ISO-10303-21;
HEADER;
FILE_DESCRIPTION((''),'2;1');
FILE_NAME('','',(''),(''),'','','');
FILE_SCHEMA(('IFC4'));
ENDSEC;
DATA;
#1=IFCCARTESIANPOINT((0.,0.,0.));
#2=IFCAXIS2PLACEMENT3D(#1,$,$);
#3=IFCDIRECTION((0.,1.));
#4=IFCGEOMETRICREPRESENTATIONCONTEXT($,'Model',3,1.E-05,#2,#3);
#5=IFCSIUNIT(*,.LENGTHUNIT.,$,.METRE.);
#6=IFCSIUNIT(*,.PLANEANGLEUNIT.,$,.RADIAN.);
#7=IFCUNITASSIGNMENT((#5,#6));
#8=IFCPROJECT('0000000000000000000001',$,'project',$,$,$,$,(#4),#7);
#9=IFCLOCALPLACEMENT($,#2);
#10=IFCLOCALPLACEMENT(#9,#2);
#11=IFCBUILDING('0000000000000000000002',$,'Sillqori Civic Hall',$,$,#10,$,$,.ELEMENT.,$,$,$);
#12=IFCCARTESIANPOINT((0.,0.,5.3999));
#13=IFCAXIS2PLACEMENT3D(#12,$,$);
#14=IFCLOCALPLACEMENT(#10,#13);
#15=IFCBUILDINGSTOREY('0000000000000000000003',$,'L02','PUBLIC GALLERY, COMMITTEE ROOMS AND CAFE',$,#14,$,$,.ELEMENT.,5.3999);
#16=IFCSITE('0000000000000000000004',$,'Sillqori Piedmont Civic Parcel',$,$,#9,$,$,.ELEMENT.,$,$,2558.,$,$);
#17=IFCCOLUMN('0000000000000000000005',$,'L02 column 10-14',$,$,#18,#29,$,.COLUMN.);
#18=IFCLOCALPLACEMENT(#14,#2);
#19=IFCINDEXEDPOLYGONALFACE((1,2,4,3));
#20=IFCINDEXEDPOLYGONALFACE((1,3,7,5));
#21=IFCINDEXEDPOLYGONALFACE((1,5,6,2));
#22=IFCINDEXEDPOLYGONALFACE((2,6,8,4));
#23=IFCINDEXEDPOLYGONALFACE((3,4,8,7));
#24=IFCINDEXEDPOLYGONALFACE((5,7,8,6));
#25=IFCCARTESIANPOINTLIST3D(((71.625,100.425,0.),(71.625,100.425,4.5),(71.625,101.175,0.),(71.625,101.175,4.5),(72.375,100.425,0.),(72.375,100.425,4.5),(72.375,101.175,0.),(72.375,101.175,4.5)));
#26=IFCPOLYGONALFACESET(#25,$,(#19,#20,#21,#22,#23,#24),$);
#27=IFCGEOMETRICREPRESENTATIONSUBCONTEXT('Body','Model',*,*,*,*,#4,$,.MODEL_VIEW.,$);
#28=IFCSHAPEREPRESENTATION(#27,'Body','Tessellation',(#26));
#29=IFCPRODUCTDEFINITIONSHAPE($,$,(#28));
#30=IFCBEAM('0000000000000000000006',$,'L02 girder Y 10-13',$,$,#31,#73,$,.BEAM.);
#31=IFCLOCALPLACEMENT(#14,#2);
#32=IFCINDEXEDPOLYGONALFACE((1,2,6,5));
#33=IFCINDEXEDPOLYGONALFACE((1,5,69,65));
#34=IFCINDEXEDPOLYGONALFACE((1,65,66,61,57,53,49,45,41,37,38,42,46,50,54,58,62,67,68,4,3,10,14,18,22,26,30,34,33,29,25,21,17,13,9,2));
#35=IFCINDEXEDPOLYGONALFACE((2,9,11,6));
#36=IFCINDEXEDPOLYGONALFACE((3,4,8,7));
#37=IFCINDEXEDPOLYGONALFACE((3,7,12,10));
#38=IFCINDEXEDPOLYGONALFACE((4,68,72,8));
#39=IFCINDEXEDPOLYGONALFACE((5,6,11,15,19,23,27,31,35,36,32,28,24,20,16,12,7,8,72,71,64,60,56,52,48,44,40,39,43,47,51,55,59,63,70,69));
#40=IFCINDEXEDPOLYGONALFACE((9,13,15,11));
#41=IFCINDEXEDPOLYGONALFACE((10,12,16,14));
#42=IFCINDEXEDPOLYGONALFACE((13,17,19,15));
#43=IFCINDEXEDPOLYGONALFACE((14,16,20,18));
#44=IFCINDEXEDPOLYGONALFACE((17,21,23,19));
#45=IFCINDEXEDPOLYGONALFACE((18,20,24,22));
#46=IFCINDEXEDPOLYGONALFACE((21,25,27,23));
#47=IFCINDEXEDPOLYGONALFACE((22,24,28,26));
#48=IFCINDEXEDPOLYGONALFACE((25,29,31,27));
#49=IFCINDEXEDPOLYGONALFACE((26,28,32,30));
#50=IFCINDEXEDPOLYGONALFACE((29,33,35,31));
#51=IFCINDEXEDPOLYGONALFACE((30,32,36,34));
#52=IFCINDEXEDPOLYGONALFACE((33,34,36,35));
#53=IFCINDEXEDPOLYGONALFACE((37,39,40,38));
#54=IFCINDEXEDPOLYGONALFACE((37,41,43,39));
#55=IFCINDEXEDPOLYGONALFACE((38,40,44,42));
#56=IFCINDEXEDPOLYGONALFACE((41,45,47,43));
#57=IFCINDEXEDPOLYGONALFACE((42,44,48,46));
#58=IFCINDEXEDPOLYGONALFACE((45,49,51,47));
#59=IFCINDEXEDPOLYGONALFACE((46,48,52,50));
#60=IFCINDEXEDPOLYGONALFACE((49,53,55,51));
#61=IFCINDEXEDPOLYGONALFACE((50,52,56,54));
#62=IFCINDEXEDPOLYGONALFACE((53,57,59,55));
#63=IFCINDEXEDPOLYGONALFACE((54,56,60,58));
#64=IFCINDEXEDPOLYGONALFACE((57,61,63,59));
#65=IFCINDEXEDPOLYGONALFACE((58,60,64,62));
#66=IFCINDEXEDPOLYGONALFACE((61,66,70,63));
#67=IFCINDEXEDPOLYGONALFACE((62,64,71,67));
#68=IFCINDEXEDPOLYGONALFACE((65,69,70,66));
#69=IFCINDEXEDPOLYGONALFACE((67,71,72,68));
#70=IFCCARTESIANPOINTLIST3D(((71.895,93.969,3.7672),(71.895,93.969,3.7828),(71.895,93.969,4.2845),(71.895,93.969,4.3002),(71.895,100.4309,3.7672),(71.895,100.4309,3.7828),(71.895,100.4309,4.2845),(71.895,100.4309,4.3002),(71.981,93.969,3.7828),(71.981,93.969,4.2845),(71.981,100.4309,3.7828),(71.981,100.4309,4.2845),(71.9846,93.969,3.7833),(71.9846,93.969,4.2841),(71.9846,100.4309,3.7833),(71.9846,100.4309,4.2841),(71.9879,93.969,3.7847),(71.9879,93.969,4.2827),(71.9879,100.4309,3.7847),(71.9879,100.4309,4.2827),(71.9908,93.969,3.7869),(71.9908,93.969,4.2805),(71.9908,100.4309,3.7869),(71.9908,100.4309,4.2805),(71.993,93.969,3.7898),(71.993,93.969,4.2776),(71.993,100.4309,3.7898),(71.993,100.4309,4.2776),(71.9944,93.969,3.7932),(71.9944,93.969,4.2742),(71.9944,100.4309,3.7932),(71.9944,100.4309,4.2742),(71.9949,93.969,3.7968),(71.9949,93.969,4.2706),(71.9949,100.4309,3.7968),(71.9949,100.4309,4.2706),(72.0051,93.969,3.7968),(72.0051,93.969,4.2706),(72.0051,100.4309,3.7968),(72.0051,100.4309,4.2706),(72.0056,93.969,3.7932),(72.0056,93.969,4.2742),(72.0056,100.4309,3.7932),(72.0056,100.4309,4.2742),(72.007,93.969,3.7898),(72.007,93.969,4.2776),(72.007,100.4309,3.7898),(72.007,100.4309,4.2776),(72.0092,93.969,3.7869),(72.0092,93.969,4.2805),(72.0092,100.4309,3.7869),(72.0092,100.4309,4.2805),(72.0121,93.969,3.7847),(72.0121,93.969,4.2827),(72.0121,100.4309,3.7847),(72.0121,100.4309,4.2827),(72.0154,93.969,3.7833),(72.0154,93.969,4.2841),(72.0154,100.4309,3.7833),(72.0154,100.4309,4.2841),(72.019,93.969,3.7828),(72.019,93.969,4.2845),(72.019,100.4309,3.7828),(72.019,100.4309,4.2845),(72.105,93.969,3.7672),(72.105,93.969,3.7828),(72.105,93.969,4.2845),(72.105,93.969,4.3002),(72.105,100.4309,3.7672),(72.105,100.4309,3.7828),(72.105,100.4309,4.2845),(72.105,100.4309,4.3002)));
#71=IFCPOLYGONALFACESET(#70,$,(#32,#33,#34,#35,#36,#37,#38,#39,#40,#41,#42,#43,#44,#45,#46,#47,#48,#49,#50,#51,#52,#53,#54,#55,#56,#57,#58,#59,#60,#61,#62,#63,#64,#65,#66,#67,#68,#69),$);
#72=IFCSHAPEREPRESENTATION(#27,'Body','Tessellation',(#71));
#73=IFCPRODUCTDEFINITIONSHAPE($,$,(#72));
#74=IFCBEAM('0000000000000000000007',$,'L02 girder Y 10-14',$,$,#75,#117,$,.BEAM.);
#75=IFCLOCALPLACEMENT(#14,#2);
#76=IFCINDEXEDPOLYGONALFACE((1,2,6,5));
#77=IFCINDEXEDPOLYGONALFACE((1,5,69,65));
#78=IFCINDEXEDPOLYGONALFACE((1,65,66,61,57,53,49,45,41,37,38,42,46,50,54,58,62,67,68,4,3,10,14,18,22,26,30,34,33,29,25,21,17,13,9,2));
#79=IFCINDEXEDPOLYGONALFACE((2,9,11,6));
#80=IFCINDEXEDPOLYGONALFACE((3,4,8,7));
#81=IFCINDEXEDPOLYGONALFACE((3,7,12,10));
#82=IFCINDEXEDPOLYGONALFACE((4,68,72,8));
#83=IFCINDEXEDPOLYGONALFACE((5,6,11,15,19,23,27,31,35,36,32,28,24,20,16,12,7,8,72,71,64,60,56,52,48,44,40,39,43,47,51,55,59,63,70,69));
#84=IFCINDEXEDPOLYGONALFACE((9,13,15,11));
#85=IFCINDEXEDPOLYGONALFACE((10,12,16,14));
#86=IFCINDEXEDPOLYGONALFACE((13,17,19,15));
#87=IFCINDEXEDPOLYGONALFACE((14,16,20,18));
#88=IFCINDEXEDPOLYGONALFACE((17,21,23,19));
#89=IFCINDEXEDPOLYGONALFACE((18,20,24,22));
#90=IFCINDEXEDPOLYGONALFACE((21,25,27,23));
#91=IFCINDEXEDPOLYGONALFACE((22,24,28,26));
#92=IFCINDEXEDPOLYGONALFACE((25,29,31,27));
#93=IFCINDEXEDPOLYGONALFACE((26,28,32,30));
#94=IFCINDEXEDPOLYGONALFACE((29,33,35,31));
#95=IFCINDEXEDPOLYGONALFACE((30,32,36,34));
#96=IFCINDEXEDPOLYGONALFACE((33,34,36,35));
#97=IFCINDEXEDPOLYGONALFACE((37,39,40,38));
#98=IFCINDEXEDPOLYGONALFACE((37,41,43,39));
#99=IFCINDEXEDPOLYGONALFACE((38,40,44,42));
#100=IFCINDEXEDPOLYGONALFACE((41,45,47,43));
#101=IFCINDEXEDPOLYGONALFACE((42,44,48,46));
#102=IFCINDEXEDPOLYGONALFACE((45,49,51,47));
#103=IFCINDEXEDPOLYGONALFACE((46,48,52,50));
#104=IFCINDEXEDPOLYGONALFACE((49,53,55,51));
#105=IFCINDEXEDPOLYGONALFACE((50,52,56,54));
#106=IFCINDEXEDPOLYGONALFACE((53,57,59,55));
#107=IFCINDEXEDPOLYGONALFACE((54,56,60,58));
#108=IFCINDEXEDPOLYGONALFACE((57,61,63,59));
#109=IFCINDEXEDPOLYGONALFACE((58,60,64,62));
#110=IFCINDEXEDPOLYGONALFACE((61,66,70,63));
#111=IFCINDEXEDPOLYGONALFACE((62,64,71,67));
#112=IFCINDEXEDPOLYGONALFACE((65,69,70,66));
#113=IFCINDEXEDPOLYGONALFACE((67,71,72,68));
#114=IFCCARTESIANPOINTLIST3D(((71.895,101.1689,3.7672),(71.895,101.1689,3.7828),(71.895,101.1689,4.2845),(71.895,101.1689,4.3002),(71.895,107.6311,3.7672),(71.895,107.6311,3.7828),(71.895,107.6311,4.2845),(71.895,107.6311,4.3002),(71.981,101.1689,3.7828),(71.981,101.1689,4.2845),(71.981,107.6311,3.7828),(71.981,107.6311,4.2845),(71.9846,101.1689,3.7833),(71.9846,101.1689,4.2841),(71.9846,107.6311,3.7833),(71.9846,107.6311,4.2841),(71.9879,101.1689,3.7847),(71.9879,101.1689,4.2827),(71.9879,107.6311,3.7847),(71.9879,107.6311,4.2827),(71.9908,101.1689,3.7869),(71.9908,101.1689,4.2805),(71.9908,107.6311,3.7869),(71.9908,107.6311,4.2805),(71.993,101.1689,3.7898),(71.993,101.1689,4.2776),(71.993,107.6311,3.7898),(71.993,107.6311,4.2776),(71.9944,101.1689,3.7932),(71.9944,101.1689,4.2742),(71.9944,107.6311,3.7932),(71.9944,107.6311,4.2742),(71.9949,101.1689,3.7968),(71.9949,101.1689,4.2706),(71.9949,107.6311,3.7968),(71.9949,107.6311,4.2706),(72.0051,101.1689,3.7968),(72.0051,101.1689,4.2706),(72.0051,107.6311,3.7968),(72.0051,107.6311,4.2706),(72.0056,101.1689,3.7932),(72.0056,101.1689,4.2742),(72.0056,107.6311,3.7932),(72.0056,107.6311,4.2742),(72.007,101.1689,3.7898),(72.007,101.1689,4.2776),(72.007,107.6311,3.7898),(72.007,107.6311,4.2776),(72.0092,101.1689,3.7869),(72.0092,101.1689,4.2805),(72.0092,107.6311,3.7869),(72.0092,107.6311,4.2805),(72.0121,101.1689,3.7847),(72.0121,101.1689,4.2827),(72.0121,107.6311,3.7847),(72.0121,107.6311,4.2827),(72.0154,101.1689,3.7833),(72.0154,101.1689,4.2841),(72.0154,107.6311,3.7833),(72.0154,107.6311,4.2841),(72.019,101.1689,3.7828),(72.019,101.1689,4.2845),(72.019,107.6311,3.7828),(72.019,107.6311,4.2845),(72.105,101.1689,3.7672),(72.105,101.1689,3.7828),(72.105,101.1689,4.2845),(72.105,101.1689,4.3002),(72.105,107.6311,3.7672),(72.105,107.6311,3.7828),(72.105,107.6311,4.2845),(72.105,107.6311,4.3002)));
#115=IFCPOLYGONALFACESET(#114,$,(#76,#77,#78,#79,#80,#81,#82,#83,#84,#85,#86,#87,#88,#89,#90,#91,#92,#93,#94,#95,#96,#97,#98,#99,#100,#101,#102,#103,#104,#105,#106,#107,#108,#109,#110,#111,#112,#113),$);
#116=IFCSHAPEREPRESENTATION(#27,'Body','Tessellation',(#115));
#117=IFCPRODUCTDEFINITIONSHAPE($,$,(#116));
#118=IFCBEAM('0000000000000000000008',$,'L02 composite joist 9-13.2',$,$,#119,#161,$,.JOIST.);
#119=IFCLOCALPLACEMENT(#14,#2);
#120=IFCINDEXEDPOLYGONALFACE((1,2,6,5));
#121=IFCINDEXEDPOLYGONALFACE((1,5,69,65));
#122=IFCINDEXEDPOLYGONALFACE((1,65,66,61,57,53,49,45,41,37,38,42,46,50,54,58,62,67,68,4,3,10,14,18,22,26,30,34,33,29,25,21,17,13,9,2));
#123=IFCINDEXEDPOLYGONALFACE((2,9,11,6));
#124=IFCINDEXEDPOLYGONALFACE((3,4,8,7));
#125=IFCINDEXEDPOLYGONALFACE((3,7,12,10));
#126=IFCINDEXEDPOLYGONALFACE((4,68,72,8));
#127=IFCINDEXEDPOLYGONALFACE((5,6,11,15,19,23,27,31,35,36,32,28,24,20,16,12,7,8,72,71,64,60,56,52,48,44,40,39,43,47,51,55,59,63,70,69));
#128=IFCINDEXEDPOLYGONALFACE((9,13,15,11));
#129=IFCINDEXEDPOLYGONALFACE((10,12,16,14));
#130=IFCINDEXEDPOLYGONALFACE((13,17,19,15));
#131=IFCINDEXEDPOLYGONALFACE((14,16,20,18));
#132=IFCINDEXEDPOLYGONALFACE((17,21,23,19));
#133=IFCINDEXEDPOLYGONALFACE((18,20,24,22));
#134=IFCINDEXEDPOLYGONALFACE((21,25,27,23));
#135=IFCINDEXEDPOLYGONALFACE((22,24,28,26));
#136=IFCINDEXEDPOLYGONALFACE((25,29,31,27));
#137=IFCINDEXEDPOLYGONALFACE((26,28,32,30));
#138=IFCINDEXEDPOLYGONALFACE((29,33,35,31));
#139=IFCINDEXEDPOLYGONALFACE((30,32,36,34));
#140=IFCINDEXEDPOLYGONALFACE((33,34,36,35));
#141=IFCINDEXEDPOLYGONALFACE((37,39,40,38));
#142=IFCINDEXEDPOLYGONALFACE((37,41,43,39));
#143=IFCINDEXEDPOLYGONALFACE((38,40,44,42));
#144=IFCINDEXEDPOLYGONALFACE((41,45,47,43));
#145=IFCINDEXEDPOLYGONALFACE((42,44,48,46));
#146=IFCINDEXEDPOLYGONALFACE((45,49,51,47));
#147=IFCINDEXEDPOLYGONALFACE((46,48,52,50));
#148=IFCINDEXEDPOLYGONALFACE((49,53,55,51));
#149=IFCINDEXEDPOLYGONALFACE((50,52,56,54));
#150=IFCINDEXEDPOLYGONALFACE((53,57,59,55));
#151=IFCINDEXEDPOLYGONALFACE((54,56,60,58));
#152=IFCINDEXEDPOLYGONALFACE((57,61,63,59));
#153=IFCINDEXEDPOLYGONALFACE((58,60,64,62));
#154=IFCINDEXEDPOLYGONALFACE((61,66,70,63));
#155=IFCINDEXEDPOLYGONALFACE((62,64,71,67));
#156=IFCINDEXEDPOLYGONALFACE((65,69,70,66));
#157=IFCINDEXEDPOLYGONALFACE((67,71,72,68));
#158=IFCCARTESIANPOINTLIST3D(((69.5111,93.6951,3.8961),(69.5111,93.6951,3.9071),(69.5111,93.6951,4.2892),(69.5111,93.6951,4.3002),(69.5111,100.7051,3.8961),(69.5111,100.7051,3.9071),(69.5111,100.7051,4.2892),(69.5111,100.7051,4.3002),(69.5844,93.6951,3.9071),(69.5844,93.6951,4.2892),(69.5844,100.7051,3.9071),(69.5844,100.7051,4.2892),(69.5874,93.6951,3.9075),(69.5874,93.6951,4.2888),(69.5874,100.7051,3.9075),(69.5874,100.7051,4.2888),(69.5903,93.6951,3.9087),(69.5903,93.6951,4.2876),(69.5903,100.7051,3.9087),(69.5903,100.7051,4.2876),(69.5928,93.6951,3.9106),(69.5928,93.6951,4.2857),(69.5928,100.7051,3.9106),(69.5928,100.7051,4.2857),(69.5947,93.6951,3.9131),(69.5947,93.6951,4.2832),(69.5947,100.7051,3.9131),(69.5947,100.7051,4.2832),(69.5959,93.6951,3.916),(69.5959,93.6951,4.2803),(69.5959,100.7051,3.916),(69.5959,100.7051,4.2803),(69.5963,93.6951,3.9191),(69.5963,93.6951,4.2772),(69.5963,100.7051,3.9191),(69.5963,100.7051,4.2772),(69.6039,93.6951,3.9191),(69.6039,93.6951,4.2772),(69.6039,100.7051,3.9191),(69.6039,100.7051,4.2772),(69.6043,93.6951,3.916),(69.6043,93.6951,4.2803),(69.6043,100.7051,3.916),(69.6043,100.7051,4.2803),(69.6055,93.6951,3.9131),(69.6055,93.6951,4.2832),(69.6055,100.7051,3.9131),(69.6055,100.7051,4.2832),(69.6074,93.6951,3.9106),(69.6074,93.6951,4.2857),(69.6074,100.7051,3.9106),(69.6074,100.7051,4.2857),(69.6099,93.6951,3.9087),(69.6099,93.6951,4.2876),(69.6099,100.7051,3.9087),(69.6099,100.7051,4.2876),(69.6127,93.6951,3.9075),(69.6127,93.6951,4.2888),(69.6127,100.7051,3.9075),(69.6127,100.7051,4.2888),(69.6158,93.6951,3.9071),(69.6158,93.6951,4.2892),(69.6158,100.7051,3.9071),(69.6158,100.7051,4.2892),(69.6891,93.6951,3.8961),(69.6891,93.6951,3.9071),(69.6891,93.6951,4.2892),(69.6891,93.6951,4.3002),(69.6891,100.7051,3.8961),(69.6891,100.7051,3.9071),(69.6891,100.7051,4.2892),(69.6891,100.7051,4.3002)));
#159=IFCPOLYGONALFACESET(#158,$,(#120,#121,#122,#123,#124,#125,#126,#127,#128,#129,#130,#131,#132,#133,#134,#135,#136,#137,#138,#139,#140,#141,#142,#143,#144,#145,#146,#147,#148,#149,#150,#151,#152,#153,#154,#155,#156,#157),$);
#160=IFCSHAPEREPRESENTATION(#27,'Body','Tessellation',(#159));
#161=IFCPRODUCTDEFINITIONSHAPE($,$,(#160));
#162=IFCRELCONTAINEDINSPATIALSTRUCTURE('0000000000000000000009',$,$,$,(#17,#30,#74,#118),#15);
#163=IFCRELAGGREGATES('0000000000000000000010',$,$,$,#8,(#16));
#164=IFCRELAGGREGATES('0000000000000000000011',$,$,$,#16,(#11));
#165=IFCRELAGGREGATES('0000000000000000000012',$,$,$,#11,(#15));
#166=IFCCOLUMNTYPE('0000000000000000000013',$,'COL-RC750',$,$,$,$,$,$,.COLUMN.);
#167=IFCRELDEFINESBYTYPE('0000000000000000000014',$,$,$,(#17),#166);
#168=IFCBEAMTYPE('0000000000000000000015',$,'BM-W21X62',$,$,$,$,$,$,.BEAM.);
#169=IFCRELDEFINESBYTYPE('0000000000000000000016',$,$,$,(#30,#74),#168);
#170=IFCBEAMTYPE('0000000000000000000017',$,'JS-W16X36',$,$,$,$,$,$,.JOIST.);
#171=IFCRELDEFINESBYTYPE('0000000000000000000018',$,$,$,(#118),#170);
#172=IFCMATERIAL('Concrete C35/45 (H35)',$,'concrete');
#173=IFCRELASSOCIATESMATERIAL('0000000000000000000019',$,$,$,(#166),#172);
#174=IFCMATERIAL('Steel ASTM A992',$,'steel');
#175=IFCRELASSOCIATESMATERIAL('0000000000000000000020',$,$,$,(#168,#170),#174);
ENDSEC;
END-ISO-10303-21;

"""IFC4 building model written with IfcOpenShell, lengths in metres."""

from ifc_helpers import new_model, si_unit, direction, frame, origin, origin_2d, place, context, subcontext, project, spatial, rectangle, i_section, extrude, material, material_profile, profile_set, type_object, element, save


model = new_model("IFC4")

# Units and contexts
model_context = context("Model", 3, precision=1e-05, world=origin(), true_north=direction((0.0, 1.0)))
body_context = subcontext(model_context, "Body", "Model", "MODEL_VIEW")
ifc_project = project(units=[si_unit("LENGTHUNIT", "METRE"), si_unit("PLANEANGLEUNIT", "RADIAN")], contexts=[model_context])

# Site, building, storey
site_placement = place(None, origin())
site = spatial("IfcSite", under=ifc_project, at=site_placement, Name="Sillqori Piedmont Civic Parcel", CompositionType="ELEMENT", RefElevation=2558.0)
building_placement = place(site_placement, origin())
building = spatial("IfcBuilding", under=site, at=building_placement, Name="Sillqori Civic Hall", CompositionType="ELEMENT")
storey_placement = place(building_placement, frame((0.0, 0.0, 5.3999)))
storey = spatial("IfcBuildingStorey", under=building, at=storey_placement, Name="L02", Description="PUBLIC GALLERY, COMMITTEE ROOMS AND CAFE", CompositionType="ELEMENT", Elevation=5.3999)

# Column
ifc_material_1 = material(Name="Concrete C35/45 (H35)", Category="concrete")
ifc_material_profile_1 = material_profile(ifc_material_1, rectangle(XDim=0.75, YDim=0.75, at=origin_2d()), Name="RC 750x750")
ifc_profile_set_1 = profile_set([ifc_material_profile_1], Name="Concrete C35/45 (H35)")
column_type = type_object("IfcColumnType", Name="COL-RC750", PredefinedType="COLUMN", material=ifc_profile_set_1)
column_placement = place(storey_placement, frame((72.0, 100.8, 0.0), z_axis=(0.0, 0.0, 1.0), x_axis=(1.0, 0.0, 0.0)))
element("IfcColumn", 1, at=column_placement, inside=storey, type_object=column_type, Name="L02 column 10-14", PredefinedType="COLUMN", context=body_context, shape_type="SweptSolid", body=[
    extrude(rectangle(XDim=0.75, YDim=0.75, at=origin_2d()), origin(), (0.0, 0.0, 1.0), 4.5),
])

# Beams
ifc_material_2 = material(Name="Steel ASTM A992", Category="steel")
ifc_material_profile_2 = material_profile(ifc_material_2, i_section(OverallWidth=0.21, OverallDepth=0.533, WebThickness=0.0103, FlangeThickness=0.0156, FilletRadius=0.0139, at=origin_2d()), Name="W21X62")
ifc_profile_set_2 = profile_set([ifc_material_profile_2], Name="Steel ASTM A992")
beam_type_1 = type_object("IfcBeamType", Name="BM-W21X62", PredefinedType="BEAM", material=ifc_profile_set_2)
beam_1_placement = place(storey_placement, frame((72.0, 93.969, 4.0337), z_axis=(0.0, 1.0, 0.0), x_axis=(-1.0, 0.0, 0.0)))
element("IfcBeam", 2, at=beam_1_placement, inside=storey, type_object=beam_type_1, Name="L02 girder Y 10-13", PredefinedType="BEAM", context=body_context, shape_type="SweptSolid", body=[
    extrude(i_section(OverallWidth=0.21, OverallDepth=0.533, WebThickness=0.0103, FlangeThickness=0.0156, FilletRadius=0.0139, at=origin_2d()), origin(), (0.0, 0.0, 1.0), 6.4619),
])
beam_2_placement = place(storey_placement, frame((72.0, 101.1689, 4.0337), z_axis=(0.0, 1.0, 0.0), x_axis=(-1.0, 0.0, 0.0)))
element("IfcBeam", 3, at=beam_2_placement, inside=storey, type_object=beam_type_1, Name="L02 girder Y 10-14", PredefinedType="BEAM", context=body_context, shape_type="SweptSolid", body=[
    extrude(i_section(OverallWidth=0.21, OverallDepth=0.533, WebThickness=0.0103, FlangeThickness=0.0156, FilletRadius=0.0139, at=origin_2d()), origin(), (0.0, 0.0, 1.0), 6.4622),
])

# Beam
ifc_material_profile_3 = material_profile(ifc_material_2, i_section(OverallWidth=0.178, OverallDepth=0.4041, WebThickness=0.0076, FlangeThickness=0.011, FilletRadius=0.012, at=origin_2d()), Name="W16X36")
ifc_profile_set_3 = profile_set([ifc_material_profile_3], Name="Steel ASTM A992")
beam_type_2 = type_object("IfcBeamType", Name="JS-W16X36", PredefinedType="JOIST", material=ifc_profile_set_3)
for number, where, z_axis, x_axis, name in (
    (4, (69.6001, 93.6951, 4.0981), (0.0, 1.0, 0.0), (-1.0, 0.0, 0.0), "L02 composite joist 9-13.2"),
):
    element("IfcBeam", number, at=place(storey_placement, frame(where, z_axis=z_axis, x_axis=x_axis)), inside=storey, type_object=beam_type_2, Name=name, PredefinedType="JOIST", context=body_context, shape_type="SweptSolid", body=[
        extrude(i_section(OverallWidth=0.178, OverallDepth=0.4041, WebThickness=0.0076, FlangeThickness=0.011, FilletRadius=0.012, at=origin_2d()), origin(), (0.0, 0.0, 1.0), 7.01),
    ])

save(model, "model.ifc")
